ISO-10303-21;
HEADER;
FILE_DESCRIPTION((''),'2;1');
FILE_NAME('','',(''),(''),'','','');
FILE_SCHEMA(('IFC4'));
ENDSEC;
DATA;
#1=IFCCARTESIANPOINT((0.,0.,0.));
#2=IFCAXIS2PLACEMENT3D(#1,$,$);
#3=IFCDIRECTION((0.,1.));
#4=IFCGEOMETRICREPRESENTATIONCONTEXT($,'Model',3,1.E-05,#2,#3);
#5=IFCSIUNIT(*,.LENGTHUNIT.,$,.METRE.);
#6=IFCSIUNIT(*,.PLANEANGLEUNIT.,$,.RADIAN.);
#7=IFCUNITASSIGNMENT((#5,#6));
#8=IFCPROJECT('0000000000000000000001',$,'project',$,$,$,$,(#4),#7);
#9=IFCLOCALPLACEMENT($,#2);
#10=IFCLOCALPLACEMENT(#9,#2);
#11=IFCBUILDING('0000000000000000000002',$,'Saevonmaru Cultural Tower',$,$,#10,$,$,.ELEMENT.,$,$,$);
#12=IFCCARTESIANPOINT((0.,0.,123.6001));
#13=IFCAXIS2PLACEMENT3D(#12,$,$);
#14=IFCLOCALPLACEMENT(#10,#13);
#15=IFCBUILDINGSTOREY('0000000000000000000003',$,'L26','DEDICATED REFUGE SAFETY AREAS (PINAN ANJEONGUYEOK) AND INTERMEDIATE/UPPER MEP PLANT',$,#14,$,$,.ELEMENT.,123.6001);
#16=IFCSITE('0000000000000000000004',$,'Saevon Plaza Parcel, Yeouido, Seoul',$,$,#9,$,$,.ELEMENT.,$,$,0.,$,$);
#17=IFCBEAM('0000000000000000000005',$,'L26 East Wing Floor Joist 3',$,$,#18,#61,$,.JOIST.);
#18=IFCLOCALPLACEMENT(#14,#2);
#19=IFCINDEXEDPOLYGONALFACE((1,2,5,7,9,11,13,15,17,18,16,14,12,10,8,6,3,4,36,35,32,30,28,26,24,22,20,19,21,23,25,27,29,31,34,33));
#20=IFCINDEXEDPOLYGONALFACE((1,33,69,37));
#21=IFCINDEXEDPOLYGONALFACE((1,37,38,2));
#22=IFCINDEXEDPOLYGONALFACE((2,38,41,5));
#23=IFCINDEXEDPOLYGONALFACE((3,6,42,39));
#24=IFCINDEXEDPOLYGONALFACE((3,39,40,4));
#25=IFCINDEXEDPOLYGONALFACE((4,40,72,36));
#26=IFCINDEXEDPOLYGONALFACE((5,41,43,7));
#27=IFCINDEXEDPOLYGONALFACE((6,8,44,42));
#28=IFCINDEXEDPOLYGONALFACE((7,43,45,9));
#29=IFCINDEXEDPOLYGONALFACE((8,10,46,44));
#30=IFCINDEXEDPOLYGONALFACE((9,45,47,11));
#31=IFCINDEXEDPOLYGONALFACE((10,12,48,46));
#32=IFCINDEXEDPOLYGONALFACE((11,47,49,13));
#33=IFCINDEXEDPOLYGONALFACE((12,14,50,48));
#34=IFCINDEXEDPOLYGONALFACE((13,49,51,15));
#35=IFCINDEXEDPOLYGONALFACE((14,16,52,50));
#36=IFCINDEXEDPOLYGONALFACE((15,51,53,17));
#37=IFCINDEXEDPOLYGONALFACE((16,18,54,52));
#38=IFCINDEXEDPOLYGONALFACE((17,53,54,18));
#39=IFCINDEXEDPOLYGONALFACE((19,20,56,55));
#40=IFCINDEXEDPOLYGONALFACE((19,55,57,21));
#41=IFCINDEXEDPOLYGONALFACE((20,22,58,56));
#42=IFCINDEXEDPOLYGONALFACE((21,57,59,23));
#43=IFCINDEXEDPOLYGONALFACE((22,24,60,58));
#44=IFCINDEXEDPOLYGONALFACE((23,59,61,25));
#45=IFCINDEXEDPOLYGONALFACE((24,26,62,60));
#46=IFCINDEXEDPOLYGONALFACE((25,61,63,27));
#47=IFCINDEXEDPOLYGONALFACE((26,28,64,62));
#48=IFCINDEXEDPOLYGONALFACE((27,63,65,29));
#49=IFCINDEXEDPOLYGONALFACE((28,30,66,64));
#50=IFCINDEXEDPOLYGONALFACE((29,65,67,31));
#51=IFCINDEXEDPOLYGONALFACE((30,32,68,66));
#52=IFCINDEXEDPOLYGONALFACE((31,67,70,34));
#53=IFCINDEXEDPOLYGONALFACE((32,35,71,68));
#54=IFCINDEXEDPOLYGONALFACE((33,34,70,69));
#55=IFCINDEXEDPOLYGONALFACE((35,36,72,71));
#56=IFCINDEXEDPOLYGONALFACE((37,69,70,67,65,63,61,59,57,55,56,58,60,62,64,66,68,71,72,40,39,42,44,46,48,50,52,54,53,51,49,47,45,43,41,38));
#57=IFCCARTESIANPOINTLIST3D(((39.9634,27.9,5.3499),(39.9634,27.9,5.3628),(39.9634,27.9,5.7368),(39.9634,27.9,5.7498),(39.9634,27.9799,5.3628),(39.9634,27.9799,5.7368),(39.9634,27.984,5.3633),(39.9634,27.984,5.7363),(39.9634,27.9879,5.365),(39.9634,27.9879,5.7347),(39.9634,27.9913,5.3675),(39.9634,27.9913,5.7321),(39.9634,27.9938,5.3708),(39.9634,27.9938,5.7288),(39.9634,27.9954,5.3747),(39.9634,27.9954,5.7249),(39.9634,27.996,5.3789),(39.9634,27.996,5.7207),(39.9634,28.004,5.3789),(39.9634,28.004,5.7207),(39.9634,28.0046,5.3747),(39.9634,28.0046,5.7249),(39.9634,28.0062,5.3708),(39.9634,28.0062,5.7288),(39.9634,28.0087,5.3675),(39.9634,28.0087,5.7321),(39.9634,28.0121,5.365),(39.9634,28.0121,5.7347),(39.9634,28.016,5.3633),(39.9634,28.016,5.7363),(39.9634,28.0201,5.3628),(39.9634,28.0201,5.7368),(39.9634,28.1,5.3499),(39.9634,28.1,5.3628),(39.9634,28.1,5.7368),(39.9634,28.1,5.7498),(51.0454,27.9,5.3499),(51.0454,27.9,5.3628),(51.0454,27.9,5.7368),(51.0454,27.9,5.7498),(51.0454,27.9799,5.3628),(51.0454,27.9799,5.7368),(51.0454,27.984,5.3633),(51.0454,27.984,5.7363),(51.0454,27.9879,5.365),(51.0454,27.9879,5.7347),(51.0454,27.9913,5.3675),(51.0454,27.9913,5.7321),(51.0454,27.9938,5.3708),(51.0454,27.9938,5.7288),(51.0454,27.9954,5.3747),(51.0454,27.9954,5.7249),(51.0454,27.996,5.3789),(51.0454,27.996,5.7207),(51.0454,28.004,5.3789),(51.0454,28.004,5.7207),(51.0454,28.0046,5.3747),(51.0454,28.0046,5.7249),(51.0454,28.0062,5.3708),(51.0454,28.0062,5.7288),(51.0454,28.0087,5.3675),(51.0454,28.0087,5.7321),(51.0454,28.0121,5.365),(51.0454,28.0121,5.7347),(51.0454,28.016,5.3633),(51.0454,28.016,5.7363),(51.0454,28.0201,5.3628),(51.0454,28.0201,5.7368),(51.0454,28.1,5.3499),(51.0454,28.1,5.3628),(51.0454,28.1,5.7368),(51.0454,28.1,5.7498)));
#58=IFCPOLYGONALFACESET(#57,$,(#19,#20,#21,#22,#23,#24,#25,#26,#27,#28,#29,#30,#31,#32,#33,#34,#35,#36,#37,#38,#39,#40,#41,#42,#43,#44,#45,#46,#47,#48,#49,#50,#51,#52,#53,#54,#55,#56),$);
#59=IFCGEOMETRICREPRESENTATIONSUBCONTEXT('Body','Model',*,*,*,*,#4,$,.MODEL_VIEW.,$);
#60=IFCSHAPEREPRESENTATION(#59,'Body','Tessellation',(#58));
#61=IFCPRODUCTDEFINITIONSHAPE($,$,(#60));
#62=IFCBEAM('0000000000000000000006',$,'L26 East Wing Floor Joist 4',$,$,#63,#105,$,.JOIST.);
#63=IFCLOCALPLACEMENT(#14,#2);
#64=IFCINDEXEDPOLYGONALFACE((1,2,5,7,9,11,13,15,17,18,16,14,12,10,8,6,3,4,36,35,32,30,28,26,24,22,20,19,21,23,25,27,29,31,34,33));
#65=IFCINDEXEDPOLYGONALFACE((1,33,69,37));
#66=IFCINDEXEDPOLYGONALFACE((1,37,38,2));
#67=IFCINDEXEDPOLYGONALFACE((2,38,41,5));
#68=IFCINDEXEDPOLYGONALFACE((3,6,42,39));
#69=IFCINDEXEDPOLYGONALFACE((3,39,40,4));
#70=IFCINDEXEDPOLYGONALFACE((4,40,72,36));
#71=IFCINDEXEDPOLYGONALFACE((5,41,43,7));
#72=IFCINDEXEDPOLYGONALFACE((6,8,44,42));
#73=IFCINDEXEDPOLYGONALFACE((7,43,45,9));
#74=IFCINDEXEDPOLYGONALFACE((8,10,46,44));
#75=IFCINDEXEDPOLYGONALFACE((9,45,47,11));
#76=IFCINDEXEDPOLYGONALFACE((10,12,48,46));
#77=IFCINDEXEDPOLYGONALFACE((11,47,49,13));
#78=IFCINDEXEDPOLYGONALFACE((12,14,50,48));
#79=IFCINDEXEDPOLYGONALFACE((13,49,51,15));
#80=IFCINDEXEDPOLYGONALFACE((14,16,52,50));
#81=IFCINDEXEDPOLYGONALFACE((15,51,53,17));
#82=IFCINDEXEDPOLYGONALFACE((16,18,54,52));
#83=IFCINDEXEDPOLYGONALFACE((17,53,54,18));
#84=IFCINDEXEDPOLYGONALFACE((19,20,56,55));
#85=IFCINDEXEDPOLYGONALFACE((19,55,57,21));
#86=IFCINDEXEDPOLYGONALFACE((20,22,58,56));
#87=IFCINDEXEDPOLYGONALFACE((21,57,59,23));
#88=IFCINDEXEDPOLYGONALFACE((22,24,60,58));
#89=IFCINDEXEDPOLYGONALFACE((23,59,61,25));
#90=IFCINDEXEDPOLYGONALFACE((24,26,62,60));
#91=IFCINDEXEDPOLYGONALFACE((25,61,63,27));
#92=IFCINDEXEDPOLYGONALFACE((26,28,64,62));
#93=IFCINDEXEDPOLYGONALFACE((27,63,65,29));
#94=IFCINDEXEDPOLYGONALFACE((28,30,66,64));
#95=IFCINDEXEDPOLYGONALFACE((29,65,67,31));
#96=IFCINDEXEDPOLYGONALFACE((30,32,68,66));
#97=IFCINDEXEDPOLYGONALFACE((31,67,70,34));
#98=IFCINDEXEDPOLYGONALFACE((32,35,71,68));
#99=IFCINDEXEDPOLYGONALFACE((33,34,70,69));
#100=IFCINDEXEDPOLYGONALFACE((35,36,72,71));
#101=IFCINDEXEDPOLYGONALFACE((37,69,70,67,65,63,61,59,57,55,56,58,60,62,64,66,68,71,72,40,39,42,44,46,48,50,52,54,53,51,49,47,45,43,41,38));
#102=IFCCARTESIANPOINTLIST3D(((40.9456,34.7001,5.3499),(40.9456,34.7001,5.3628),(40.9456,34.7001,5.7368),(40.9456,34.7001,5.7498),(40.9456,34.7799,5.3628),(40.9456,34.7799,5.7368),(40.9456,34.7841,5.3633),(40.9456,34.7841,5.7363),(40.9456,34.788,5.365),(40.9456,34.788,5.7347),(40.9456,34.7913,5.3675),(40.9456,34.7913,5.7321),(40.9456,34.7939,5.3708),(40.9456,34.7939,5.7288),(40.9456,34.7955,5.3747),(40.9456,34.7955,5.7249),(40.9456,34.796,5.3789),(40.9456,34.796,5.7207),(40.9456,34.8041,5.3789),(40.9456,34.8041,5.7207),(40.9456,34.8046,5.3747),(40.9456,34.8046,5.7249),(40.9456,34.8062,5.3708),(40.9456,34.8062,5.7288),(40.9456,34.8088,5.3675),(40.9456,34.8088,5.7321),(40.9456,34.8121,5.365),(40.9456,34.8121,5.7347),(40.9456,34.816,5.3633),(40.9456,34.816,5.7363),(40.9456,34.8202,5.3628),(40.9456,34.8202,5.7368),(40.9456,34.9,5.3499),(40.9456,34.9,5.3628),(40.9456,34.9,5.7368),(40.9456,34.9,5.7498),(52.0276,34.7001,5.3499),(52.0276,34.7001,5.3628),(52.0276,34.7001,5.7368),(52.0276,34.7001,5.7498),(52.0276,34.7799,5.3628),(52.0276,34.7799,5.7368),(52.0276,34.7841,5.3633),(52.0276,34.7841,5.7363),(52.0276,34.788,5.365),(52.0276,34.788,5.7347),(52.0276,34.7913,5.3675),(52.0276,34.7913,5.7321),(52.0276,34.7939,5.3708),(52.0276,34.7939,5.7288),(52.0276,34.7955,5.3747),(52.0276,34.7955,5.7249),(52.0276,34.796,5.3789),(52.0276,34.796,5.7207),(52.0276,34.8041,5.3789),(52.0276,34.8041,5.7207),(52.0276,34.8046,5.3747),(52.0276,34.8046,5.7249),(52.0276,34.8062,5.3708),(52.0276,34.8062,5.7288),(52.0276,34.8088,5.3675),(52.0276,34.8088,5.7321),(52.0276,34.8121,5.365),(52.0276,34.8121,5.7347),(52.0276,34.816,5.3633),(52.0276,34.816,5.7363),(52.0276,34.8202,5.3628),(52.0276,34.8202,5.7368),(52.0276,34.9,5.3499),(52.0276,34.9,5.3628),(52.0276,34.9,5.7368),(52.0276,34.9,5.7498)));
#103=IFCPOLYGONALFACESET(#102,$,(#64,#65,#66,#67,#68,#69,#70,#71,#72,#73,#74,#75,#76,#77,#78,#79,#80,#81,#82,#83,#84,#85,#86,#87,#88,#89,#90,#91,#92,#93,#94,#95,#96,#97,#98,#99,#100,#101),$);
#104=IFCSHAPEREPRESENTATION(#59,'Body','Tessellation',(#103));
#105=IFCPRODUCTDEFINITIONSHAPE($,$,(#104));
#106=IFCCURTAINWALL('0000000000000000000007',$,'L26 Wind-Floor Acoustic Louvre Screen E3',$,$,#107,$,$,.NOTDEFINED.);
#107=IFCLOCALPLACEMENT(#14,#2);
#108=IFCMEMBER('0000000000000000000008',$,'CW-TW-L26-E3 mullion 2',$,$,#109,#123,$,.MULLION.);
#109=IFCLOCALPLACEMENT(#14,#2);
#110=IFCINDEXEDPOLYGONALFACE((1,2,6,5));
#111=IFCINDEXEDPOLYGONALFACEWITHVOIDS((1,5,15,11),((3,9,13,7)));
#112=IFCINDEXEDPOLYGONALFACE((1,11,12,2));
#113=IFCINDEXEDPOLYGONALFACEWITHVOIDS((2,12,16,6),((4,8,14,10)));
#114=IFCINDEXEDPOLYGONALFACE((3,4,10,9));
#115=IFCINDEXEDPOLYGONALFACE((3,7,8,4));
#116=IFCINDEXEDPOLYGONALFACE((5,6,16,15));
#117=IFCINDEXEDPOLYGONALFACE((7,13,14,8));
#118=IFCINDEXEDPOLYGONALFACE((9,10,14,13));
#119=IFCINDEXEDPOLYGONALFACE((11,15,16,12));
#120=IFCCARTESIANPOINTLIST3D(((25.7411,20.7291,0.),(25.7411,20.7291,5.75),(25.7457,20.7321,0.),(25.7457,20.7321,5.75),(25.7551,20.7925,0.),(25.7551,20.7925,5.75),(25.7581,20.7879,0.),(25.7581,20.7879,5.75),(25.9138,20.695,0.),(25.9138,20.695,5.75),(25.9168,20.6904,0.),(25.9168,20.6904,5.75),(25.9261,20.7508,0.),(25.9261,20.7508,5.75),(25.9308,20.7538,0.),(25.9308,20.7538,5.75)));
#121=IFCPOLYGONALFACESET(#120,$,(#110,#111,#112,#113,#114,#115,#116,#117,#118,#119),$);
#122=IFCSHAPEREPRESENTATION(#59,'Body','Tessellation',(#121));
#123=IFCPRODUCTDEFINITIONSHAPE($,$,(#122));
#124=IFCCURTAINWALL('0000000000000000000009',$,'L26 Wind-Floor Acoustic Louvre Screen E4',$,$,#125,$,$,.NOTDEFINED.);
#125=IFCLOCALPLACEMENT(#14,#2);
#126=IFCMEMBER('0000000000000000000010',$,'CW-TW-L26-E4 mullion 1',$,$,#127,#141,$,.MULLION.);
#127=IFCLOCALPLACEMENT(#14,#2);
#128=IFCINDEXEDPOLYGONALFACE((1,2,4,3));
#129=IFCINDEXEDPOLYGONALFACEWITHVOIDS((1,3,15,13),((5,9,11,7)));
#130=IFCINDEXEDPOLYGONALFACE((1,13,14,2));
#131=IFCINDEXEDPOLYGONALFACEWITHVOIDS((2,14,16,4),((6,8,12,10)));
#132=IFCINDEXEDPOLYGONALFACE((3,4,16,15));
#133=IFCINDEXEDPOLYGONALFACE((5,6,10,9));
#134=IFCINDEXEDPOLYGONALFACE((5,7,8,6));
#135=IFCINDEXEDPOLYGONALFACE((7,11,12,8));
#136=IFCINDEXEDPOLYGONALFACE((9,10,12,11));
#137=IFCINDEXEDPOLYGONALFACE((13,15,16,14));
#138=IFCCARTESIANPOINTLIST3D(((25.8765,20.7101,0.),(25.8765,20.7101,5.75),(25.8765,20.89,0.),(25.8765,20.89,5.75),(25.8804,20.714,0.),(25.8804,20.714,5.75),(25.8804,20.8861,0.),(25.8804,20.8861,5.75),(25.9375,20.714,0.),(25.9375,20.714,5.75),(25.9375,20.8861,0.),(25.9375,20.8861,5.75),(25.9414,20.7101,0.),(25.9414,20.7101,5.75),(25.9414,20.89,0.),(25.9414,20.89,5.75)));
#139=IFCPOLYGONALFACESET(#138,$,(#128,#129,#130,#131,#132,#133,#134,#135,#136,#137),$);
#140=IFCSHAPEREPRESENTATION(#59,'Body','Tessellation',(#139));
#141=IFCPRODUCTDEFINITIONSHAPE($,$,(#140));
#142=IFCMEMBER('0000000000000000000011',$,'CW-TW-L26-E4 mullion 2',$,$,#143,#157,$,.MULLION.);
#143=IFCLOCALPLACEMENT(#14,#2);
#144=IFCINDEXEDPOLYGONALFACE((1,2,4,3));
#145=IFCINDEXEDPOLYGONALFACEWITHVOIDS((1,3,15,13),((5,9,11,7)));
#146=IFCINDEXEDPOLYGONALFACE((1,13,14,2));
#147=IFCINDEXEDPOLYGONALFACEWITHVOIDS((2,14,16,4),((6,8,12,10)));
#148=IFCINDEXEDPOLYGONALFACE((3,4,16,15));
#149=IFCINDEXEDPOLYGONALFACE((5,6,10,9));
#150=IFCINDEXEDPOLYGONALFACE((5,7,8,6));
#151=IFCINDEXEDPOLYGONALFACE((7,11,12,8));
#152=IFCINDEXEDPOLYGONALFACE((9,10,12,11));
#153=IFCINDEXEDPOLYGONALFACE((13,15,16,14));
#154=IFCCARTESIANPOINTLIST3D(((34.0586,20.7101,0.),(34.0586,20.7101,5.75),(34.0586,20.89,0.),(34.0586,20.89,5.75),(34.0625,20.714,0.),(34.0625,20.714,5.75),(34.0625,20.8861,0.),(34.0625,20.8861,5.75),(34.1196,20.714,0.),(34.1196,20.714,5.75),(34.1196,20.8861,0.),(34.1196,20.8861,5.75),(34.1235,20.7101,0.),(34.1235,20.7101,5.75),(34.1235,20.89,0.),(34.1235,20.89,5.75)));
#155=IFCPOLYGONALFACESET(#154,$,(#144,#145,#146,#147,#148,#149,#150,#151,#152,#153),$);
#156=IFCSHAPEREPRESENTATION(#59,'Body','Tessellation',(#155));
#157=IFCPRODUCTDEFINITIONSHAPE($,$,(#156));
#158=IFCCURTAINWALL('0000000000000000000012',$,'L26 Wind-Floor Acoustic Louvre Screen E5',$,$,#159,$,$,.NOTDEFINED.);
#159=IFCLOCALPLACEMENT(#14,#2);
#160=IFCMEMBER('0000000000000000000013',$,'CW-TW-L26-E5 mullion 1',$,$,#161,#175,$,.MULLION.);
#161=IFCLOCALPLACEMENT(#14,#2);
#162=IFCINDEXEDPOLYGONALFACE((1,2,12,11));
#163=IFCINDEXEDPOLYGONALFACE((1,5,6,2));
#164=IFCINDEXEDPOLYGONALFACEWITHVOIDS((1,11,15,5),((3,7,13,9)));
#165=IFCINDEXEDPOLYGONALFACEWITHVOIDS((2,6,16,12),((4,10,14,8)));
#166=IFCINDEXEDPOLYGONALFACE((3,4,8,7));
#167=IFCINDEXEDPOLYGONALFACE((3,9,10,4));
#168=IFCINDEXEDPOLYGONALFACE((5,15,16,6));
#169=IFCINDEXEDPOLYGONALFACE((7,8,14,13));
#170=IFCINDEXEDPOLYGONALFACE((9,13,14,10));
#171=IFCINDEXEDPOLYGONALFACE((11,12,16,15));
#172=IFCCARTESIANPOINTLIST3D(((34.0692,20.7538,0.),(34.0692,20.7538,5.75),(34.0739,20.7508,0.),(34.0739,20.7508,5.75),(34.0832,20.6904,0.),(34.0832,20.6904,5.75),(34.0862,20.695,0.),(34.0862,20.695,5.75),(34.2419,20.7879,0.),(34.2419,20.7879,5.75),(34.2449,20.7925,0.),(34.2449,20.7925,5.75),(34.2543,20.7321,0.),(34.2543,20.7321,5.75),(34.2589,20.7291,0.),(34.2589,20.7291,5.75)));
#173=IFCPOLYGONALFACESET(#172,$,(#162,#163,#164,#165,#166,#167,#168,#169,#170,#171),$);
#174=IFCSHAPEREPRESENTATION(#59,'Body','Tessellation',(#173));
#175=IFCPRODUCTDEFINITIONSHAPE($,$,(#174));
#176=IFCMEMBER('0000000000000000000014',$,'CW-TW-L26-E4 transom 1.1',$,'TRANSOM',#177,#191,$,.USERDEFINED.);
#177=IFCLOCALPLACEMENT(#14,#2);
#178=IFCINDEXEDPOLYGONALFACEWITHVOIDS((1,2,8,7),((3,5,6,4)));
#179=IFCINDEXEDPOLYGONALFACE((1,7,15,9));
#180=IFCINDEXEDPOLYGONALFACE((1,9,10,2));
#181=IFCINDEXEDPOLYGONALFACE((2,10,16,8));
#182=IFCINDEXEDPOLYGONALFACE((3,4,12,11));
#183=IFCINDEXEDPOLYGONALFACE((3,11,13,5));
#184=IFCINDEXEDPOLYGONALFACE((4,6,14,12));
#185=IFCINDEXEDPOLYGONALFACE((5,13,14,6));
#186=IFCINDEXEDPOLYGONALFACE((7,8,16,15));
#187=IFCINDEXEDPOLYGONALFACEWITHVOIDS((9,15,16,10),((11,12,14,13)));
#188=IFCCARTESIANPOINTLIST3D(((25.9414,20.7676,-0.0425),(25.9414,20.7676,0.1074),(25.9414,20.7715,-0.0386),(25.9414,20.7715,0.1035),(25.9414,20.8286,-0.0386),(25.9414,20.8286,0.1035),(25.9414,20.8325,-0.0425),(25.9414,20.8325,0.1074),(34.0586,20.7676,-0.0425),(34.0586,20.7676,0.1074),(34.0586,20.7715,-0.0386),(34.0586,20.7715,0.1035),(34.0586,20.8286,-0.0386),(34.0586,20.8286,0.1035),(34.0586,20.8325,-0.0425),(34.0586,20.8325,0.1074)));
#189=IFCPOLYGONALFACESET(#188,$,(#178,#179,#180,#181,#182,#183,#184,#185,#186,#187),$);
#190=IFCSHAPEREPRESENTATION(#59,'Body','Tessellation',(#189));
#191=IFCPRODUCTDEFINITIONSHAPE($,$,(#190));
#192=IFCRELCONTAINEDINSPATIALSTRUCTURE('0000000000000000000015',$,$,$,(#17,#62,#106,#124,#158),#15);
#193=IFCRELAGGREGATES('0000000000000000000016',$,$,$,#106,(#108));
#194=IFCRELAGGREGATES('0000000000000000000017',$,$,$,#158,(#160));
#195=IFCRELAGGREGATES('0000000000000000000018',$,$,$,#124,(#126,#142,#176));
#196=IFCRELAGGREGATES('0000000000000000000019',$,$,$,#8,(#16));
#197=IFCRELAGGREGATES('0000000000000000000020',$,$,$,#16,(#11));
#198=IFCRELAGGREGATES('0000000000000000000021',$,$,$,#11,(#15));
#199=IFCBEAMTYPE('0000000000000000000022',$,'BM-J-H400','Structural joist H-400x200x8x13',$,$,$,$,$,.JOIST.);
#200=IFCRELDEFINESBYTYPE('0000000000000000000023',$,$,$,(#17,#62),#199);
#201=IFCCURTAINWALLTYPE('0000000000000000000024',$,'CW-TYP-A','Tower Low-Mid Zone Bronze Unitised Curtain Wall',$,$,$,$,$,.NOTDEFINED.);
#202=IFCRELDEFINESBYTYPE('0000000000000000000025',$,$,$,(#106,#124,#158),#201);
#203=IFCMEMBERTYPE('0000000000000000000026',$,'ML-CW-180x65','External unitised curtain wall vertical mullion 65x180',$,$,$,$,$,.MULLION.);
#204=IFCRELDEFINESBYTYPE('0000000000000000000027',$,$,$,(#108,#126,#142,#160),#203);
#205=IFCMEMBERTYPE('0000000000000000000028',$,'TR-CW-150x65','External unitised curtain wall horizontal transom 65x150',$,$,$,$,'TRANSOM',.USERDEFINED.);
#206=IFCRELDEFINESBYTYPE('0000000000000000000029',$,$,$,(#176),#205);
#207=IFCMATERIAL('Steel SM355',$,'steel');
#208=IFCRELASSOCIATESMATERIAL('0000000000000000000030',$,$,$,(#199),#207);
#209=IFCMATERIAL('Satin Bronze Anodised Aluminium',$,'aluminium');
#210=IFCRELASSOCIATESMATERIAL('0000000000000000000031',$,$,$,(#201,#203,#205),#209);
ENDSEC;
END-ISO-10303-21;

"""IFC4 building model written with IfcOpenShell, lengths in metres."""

from ifc_helpers import new_model, si_unit, direction, frame, origin, origin_2d, place, context, subcontext, project, spatial, hollow_rectangle, i_section, extrude, material, material_profile, profile_set, type_object, element, aggregate, save


model = new_model("IFC4")

# Units and contexts
model_context = context("Model", 3, precision=1e-05, world=origin(), true_north=direction((0.0, 1.0)))
body_context = subcontext(model_context, "Body", "Model", "MODEL_VIEW")
ifc_project = project(units=[si_unit("LENGTHUNIT", "METRE"), si_unit("PLANEANGLEUNIT", "RADIAN")], contexts=[model_context])

# Site, building, storey
site_placement = place(None, origin())
site = spatial("IfcSite", under=ifc_project, at=site_placement, Name="Saevon Plaza Parcel, Yeouido, Seoul", CompositionType="ELEMENT", RefElevation=0.0)
building_placement = place(site_placement, origin())
building = spatial("IfcBuilding", under=site, at=building_placement, Name="Saevonmaru Cultural Tower", CompositionType="ELEMENT")
storey_placement = place(building_placement, frame((0.0, 0.0, 123.6001)))
storey = spatial("IfcBuildingStorey", under=building, at=storey_placement, Name="L26", Description="DEDICATED REFUGE SAFETY AREAS (PINAN ANJEONGUYEOK) AND INTERMEDIATE/UPPER MEP PLANT", CompositionType="ELEMENT", Elevation=123.6001)

# Shared definitions
ifc_material_1 = material(Name="Steel SM355", Category="steel")

# Beams
ifc_material_profile_1 = material_profile(ifc_material_1, i_section(OverallWidth=0.2, OverallDepth=0.3999, WebThickness=0.0081, FlangeThickness=0.0129, FilletRadius=0.0161, at=origin_2d()), Name="H-400x200x8x13")
ifc_profile_set_1 = profile_set([ifc_material_profile_1], Name="Steel SM355")
beam_type_1 = type_object("IfcBeamType", Name="BM-J-H400", Description="Structural joist H-400x200x8x13", PredefinedType="JOIST", material=ifc_profile_set_1)
for number, where, z_axis, x_axis, name in (
    (1, (39.9634, 28.0, 5.5498), (1.0, 0.0, 0.0), (0.0, 1.0, 0.0), "L26 East Wing Floor Joist 3"),
    (2, (40.9456, 34.8, 5.5498), (1.0, 0.0, 0.0), (0.0, 1.0, 0.0), "L26 East Wing Floor Joist 4"),
):
    element("IfcBeam", number, at=place(storey_placement, frame(where, z_axis=z_axis, x_axis=x_axis)), inside=storey, type_object=beam_type_1, Name=name, PredefinedType="JOIST", context=body_context, shape_type="SweptSolid", body=[
        extrude(i_section(OverallWidth=0.2, OverallDepth=0.3999, WebThickness=0.0081, FlangeThickness=0.0129, FilletRadius=0.0161, at=origin_2d()), origin(), (0.0, 0.0, 1.0), 11.082),
    ])

# Curtain wall, member
ifc_material_2 = material(Name="Satin Bronze Anodised Aluminium", Category="aluminium")
curtain_wall_type = type_object("IfcCurtainWallType", Name="CW-TYP-A", Description="Tower Low-Mid Zone Bronze Unitised Curtain Wall", PredefinedType="NOTDEFINED", material=ifc_material_2)
curtain_wall_1_placement = place(storey_placement, origin())
curtain_wall_1 = element("IfcCurtainWall", 3, at=curtain_wall_1_placement, inside=storey, type_object=curtain_wall_type, Name="L26 Wind-Floor Acoustic Louvre Screen E3", PredefinedType="NOTDEFINED")
ifc_material_profile_2 = material_profile(ifc_material_2, hollow_rectangle(XDim=0.0649, YDim=0.1799, WallThickness=0.0039, at=origin_2d()), Name="ALU-MULL-180x65x4")
ifc_profile_set_2 = profile_set([ifc_material_profile_2], Name="Satin Bronze Anodised Aluminium")
member_type_1 = type_object("IfcMemberType", Name="ML-CW-180x65", Description="External unitised curtain wall vertical mullion 65x180", PredefinedType="MULLION", material=ifc_profile_set_2)
member_1_placement = place(storey_placement, frame((25.8359, 20.7415, 0.0), z_axis=(0.0, 0.0, 1.0), x_axis=(0.215413, 0.976523, 0.0)))
member_1 = element("IfcMember", 4, at=member_1_placement, type_object=member_type_1, Name="CW-TW-L26-E3 mullion 2", PredefinedType="MULLION", context=body_context, shape_type="SweptSolid", body=[
    extrude(hollow_rectangle(XDim=0.0649, YDim=0.1799, WallThickness=0.0039, at=origin_2d()), origin(), (0.0, 0.0, 1.0), 5.75),
])
aggregate(curtain_wall_1, [member_1])

# Curtain wall, members
curtain_wall_2_placement = place(storey_placement, origin())
curtain_wall_2 = element("IfcCurtainWall", 5, at=curtain_wall_2_placement, inside=storey, type_object=curtain_wall_type, Name="L26 Wind-Floor Acoustic Louvre Screen E4", PredefinedType="NOTDEFINED")
member_2_placement = place(storey_placement, frame((25.9089, 20.8, 0.0), z_axis=(0.0, 0.0, 1.0), x_axis=(1.0, 0.0, 0.0)))
member_2 = element("IfcMember", 6, at=member_2_placement, type_object=member_type_1, Name="CW-TW-L26-E4 mullion 1", PredefinedType="MULLION", context=body_context, shape_type="SweptSolid", body=[
    extrude(hollow_rectangle(XDim=0.0649, YDim=0.1799, WallThickness=0.0039, at=origin_2d()), origin(), (0.0, 0.0, 1.0), 5.75),
])
member_3_placement = place(storey_placement, frame((34.0911, 20.8, 0.0), z_axis=(0.0, 0.0, 1.0), x_axis=(1.0, 0.0, 0.0)))
member_3 = element("IfcMember", 7, at=member_3_placement, type_object=member_type_1, Name="CW-TW-L26-E4 mullion 2", PredefinedType="MULLION", context=body_context, shape_type="SweptSolid", body=[
    extrude(hollow_rectangle(XDim=0.0649, YDim=0.1799, WallThickness=0.0039, at=origin_2d()), origin(), (0.0, 0.0, 1.0), 5.75),
])

# Curtain wall, member
curtain_wall_3_placement = place(storey_placement, origin())
curtain_wall_3 = element("IfcCurtainWall", 8, at=curtain_wall_3_placement, inside=storey, type_object=curtain_wall_type, Name="L26 Wind-Floor Acoustic Louvre Screen E5", PredefinedType="NOTDEFINED")
member_4_placement = place(storey_placement, frame((34.1641, 20.7415, 0.0), z_axis=(0.0, 0.0, 1.0), x_axis=(0.215413, -0.976523, 0.0)))
member_4 = element("IfcMember", 9, at=member_4_placement, type_object=member_type_1, Name="CW-TW-L26-E5 mullion 1", PredefinedType="MULLION", context=body_context, shape_type="SweptSolid", body=[
    extrude(hollow_rectangle(XDim=0.0649, YDim=0.1799, WallThickness=0.0039, at=origin_2d()), origin(), (0.0, 0.0, 1.0), 5.75),
])

# Member
ifc_material_profile_3 = material_profile(ifc_material_2, hollow_rectangle(XDim=0.0649, YDim=0.1499, WallThickness=0.0039, at=origin_2d()), Name="ALU-TRAN-150x65x4")
ifc_profile_set_3 = profile_set([ifc_material_profile_3], Name="Satin Bronze Anodised Aluminium")
member_type_2 = type_object("IfcMemberType", Name="TR-CW-150x65", Description="External unitised curtain wall horizontal transom 65x150", ElementType="TRANSOM", PredefinedType="USERDEFINED", material=ifc_profile_set_3)
member_5_placement = place(storey_placement, frame((25.9414, 20.8, 0.0325), z_axis=(1.0, 0.0, 0.0), x_axis=(0.0, 1.0, 0.0)))
member_5 = element("IfcMember", 10, at=member_5_placement, type_object=member_type_2, Name="CW-TW-L26-E4 transom 1.1", ObjectType="TRANSOM", PredefinedType="USERDEFINED", context=body_context, shape_type="SweptSolid", body=[
    extrude(hollow_rectangle(XDim=0.0649, YDim=0.1499, WallThickness=0.0039, at=origin_2d()), origin(), (0.0, 0.0, 1.0), 8.1172),
])
aggregate(curtain_wall_3, [member_4])

aggregate(curtain_wall_2, [member_2, member_3, member_5])

save(model, "model.ifc")
